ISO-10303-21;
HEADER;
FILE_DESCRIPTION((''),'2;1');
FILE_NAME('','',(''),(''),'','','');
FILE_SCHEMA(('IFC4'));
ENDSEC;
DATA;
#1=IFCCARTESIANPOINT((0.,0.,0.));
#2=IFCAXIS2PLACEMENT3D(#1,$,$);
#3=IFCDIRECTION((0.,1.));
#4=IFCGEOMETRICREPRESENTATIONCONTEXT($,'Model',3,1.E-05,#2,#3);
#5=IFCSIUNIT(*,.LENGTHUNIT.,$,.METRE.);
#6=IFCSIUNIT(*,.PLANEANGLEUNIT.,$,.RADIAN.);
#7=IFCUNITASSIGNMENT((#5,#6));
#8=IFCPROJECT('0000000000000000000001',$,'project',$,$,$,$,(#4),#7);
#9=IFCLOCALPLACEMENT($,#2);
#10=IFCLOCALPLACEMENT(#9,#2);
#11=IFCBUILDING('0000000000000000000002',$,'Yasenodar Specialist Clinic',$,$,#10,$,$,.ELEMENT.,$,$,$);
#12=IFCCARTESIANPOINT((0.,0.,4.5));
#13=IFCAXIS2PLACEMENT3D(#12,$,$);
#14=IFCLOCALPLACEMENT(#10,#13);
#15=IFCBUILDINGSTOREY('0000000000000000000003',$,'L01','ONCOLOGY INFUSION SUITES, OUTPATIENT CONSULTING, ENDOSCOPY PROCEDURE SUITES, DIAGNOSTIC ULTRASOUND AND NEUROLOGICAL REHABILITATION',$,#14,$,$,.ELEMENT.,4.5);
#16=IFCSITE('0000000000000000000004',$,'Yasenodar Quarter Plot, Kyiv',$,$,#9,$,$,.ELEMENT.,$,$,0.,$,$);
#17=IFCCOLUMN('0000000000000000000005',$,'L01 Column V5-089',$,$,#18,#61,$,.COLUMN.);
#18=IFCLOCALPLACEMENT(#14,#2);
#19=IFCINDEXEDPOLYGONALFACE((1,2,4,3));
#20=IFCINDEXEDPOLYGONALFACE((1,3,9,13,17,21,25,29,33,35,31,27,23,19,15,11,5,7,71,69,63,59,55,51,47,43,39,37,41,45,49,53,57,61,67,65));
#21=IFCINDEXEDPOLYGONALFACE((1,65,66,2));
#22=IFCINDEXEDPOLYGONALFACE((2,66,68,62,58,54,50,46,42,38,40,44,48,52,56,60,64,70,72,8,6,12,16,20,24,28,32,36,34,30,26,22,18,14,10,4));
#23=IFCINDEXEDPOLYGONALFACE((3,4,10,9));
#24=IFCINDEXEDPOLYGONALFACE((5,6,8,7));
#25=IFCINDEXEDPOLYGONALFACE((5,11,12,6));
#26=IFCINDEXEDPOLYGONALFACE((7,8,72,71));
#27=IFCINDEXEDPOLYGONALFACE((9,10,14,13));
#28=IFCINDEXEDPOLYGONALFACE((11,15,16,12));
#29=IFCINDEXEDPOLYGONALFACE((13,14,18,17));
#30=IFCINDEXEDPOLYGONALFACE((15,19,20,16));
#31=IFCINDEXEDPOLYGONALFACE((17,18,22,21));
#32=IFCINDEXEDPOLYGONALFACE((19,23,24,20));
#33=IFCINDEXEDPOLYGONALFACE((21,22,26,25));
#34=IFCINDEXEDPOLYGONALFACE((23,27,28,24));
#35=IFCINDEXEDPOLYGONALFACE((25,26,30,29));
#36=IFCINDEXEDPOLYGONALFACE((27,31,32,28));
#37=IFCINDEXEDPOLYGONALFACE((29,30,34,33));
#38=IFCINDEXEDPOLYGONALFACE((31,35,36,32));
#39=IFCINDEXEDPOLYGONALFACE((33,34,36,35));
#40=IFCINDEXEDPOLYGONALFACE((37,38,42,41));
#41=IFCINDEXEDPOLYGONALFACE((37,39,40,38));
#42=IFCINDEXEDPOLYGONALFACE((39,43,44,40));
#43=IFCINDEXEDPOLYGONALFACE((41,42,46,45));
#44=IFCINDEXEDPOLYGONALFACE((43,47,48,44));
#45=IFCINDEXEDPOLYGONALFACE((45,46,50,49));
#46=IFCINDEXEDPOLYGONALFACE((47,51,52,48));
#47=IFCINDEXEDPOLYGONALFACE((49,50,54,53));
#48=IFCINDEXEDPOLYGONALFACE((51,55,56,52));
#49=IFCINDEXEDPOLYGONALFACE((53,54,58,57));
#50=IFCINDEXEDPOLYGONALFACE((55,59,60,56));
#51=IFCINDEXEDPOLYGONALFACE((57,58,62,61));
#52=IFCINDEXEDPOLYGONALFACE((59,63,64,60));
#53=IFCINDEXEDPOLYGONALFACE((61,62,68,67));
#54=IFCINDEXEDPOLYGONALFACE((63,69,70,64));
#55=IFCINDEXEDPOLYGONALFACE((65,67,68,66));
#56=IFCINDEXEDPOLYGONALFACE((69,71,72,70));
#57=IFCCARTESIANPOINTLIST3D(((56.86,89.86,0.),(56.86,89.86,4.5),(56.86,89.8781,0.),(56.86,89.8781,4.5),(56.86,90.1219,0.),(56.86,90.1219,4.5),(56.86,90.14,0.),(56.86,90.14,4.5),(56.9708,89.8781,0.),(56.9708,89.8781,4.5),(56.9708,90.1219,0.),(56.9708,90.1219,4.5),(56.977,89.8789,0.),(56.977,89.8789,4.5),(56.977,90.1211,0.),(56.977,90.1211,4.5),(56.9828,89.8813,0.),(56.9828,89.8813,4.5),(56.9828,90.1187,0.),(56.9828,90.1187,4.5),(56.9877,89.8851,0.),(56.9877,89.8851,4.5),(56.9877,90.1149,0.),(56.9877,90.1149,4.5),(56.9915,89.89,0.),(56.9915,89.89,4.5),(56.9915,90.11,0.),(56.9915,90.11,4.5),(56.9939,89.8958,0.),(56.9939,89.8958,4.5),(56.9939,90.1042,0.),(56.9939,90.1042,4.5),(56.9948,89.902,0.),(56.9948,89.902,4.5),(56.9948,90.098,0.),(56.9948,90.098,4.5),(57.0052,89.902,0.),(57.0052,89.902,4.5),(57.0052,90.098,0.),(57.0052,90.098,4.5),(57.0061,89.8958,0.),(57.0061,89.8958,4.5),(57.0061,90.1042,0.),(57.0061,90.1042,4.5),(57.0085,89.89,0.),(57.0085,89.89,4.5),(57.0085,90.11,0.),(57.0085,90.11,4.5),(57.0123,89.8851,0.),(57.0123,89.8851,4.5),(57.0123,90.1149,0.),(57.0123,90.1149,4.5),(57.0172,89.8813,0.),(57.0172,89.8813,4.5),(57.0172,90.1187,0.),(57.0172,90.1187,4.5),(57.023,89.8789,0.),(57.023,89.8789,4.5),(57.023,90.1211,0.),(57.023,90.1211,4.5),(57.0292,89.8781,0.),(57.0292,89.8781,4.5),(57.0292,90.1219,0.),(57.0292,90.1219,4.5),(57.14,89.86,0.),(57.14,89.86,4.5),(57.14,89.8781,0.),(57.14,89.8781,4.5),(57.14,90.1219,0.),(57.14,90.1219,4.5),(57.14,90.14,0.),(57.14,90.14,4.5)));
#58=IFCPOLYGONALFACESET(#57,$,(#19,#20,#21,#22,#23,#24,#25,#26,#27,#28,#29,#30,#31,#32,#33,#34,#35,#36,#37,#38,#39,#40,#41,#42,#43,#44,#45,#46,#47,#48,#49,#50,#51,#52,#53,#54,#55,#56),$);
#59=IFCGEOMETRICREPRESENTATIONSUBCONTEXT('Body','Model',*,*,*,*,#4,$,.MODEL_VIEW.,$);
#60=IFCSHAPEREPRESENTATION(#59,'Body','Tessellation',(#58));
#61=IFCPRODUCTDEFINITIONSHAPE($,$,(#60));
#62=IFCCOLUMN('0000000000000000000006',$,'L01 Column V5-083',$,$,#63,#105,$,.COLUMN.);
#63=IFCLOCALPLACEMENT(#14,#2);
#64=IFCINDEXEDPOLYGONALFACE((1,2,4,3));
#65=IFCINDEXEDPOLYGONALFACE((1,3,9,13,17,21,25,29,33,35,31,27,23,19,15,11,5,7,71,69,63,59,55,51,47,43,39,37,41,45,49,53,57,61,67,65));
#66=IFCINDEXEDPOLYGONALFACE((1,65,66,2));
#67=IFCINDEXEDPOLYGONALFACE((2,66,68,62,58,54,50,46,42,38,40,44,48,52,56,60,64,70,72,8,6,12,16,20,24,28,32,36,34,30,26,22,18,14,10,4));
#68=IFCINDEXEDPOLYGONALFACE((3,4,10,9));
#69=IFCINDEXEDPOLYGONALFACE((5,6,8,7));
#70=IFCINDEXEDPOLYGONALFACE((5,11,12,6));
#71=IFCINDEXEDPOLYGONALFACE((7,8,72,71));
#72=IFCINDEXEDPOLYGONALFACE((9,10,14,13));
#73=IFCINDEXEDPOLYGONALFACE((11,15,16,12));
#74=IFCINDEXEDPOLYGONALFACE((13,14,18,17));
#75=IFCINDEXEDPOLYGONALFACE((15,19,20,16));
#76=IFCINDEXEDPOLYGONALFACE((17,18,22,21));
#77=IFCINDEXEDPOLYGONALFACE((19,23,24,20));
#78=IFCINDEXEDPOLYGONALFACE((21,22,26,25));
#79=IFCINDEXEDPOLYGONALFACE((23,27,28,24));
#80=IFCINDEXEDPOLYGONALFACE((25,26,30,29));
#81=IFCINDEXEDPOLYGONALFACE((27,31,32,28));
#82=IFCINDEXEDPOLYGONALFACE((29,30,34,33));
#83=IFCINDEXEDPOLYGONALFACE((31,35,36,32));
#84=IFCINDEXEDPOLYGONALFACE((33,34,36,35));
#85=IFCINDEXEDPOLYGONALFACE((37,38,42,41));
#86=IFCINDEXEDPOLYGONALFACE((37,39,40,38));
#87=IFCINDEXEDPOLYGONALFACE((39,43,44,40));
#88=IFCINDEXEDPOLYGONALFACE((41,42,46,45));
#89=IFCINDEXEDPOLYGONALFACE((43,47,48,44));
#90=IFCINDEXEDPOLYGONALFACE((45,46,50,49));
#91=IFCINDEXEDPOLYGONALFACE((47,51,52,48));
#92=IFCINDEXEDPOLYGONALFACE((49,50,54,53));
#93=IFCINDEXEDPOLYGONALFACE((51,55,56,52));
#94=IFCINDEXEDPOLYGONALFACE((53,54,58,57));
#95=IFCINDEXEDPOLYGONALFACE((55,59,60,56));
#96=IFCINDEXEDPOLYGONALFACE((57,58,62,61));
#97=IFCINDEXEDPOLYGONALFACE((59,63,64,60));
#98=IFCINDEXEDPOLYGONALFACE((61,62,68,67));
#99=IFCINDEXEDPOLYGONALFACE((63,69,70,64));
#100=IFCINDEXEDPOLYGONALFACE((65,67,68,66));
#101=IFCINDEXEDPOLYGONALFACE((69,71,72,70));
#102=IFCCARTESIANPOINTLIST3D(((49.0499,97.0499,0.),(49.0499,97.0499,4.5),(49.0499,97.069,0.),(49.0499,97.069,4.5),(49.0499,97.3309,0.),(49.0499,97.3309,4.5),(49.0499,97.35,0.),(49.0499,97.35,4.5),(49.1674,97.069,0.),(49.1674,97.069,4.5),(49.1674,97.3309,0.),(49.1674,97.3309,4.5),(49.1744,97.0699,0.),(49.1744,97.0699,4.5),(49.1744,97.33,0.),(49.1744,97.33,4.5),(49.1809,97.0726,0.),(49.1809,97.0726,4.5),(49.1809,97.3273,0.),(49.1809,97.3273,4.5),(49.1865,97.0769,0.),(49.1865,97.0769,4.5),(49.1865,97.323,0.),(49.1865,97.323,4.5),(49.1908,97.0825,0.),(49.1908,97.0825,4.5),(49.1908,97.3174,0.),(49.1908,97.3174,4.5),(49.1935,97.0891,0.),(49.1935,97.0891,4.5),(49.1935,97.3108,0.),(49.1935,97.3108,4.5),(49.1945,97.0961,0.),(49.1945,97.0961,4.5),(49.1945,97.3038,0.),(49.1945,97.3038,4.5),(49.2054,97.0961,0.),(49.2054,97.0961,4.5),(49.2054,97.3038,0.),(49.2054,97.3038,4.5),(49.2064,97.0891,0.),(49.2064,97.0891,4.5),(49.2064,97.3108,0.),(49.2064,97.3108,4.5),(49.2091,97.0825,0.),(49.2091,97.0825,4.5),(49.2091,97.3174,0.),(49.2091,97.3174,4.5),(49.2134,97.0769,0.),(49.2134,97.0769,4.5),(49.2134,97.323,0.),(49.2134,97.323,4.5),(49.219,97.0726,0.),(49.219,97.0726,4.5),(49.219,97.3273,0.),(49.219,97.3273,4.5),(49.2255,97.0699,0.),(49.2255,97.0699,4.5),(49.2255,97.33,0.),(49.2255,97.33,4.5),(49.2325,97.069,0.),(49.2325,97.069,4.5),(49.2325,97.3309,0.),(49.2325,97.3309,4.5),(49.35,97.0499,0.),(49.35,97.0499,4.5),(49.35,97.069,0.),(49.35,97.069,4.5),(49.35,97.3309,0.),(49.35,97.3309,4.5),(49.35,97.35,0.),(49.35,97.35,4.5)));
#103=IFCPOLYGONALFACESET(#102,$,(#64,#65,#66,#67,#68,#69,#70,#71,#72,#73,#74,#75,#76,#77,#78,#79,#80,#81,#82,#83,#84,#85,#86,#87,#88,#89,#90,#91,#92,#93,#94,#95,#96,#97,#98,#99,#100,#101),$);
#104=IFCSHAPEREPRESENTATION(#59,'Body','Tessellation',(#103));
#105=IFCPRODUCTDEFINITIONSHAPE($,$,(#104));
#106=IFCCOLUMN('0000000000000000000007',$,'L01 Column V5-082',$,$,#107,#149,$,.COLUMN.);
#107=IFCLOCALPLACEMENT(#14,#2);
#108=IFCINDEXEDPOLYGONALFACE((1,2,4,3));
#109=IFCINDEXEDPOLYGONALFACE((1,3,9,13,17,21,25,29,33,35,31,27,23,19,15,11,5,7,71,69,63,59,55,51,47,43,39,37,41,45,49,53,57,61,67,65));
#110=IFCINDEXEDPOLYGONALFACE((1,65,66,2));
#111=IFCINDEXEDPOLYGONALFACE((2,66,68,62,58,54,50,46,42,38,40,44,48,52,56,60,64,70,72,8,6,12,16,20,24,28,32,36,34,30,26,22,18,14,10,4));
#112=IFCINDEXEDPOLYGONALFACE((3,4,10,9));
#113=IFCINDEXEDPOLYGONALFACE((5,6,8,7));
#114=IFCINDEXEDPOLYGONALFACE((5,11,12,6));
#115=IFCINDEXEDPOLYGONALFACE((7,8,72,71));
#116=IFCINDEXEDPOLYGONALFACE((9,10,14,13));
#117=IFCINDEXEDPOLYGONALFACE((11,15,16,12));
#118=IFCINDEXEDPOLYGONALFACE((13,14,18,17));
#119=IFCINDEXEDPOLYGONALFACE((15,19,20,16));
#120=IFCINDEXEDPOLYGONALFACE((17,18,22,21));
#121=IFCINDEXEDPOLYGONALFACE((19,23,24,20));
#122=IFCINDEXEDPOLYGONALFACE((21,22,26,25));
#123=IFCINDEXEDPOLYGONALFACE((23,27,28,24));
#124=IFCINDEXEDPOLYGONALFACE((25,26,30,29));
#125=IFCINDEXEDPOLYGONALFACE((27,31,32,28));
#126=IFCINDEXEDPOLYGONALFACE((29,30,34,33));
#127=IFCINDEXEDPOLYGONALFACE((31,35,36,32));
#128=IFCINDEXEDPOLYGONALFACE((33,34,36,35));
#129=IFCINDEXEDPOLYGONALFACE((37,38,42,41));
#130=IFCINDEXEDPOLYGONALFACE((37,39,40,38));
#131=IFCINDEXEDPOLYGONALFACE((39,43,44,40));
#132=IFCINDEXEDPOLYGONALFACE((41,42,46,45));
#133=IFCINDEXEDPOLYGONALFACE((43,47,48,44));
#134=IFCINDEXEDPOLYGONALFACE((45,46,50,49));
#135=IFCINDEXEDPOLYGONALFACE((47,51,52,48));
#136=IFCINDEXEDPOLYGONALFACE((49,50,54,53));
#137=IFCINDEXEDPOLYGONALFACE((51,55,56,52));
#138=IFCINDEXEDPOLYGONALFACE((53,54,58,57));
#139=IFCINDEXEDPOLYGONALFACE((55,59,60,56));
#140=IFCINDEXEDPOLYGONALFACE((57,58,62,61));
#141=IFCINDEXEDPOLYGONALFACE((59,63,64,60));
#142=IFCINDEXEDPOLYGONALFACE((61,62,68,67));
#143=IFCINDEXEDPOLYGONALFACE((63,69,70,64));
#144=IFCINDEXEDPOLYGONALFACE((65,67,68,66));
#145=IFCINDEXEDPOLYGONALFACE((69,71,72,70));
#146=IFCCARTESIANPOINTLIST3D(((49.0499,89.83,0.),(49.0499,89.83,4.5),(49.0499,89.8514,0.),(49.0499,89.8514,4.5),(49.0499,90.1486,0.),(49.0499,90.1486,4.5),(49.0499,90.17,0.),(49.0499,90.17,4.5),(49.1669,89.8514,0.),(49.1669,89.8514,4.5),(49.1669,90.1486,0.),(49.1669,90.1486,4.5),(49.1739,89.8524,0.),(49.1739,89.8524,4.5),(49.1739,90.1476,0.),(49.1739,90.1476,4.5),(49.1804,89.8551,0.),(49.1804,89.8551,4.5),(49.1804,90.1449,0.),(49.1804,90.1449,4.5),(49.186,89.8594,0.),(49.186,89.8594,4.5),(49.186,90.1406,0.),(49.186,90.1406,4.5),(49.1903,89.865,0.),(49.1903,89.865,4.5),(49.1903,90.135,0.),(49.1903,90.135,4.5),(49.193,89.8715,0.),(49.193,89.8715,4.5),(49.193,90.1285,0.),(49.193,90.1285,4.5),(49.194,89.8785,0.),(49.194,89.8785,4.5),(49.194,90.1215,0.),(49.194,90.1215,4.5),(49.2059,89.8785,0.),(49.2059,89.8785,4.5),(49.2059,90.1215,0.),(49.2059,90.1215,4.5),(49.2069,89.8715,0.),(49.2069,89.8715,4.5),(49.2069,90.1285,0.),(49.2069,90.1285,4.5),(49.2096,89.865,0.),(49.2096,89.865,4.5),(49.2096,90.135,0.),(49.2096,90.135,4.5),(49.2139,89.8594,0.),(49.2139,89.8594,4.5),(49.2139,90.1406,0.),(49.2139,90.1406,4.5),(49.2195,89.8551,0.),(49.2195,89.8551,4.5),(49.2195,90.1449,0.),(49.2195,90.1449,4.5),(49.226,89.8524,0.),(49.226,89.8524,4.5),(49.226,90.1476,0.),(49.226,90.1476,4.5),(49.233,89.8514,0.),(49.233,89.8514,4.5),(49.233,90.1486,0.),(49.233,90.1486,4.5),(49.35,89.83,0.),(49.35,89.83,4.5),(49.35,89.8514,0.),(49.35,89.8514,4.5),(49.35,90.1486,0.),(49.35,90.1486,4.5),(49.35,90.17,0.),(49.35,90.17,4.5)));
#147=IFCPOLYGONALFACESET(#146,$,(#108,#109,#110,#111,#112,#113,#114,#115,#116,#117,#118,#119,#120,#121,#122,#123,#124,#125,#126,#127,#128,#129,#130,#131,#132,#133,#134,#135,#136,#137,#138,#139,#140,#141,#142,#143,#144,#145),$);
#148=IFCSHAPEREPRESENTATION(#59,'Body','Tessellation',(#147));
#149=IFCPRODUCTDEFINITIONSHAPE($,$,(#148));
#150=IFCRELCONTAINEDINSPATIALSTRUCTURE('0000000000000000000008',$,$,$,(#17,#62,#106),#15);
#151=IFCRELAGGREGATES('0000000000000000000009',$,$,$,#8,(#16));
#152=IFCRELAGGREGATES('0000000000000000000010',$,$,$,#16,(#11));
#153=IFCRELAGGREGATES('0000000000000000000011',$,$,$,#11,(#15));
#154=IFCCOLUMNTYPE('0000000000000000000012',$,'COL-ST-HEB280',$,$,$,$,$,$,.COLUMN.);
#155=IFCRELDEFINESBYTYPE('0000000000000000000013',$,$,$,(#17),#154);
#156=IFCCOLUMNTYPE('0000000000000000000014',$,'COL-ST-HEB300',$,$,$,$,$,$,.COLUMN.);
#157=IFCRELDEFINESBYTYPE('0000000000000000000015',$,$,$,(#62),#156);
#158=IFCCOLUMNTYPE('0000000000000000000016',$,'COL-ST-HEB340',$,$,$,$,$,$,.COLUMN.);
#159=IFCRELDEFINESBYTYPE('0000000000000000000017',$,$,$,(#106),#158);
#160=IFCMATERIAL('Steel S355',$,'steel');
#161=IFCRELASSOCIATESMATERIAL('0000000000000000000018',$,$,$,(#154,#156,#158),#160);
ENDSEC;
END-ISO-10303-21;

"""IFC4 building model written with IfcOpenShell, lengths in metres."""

from ifc_helpers import new_model, si_unit, direction, frame, origin, origin_2d, place, context, subcontext, project, spatial, i_section, extrude, material, material_profile, profile_set, type_object, element, save


model = new_model("IFC4")

# Units and contexts
model_context = context("Model", 3, precision=1e-05, world=origin(), true_north=direction((0.0, 1.0)))
body_context = subcontext(model_context, "Body", "Model", "MODEL_VIEW")
ifc_project = project(units=[si_unit("LENGTHUNIT", "METRE"), si_unit("PLANEANGLEUNIT", "RADIAN")], contexts=[model_context])

# Site, building, storey
site_placement = place(None, origin())
site = spatial("IfcSite", under=ifc_project, at=site_placement, Name="Yasenodar Quarter Plot, Kyiv", CompositionType="ELEMENT", RefElevation=0.0)
building_placement = place(site_placement, origin())
building = spatial("IfcBuilding", under=site, at=building_placement, Name="Yasenodar Specialist Clinic", CompositionType="ELEMENT")
storey_placement = place(building_placement, frame((0.0, 0.0, 4.5)))
storey = spatial("IfcBuildingStorey", under=building, at=storey_placement, Name="L01", Description="ONCOLOGY INFUSION SUITES, OUTPATIENT CONSULTING, ENDOSCOPY PROCEDURE SUITES, DIAGNOSTIC ULTRASOUND AND NEUROLOGICAL REHABILITATION", CompositionType="ELEMENT", Elevation=4.5)

# Columns
ifc_material_1 = material(Name="Steel S355", Category="steel")
ifc_material_profile_1 = material_profile(ifc_material_1, i_section(OverallWidth=0.28, OverallDepth=0.28, WebThickness=0.0105, FlangeThickness=0.0181, FilletRadius=0.0239, at=origin_2d()), Name="HEB 280")
ifc_profile_set_1 = profile_set([ifc_material_profile_1], Name="Steel S355")
column_type_1 = type_object("IfcColumnType", Name="COL-ST-HEB280", PredefinedType="COLUMN", material=ifc_profile_set_1)
column_1_placement = place(storey_placement, frame((57.0, 90.0, 0.0), z_axis=(0.0, 0.0, 1.0), x_axis=(1.0, 0.0, 0.0)))
element("IfcColumn", 1, at=column_1_placement, inside=storey, type_object=column_type_1, Name="L01 Column V5-089", PredefinedType="COLUMN", context=body_context, shape_type="SweptSolid", body=[
    extrude(i_section(OverallWidth=0.28, OverallDepth=0.28, WebThickness=0.0105, FlangeThickness=0.0181, FilletRadius=0.0239, at=origin_2d()), origin(), (0.0, 0.0, 1.0), 4.5),
])
ifc_material_profile_2 = material_profile(ifc_material_1, i_section(OverallWidth=0.3, OverallDepth=0.3, WebThickness=0.011, FlangeThickness=0.019, FilletRadius=0.0271, at=origin_2d()), Name="HEB 300")
ifc_profile_set_2 = profile_set([ifc_material_profile_2], Name="Steel S355")
column_type_2 = type_object("IfcColumnType", Name="COL-ST-HEB300", PredefinedType="COLUMN", material=ifc_profile_set_2)
column_2_placement = place(storey_placement, frame((49.2, 97.2, 0.0), z_axis=(0.0, 0.0, 1.0), x_axis=(1.0, 0.0, 0.0)))
element("IfcColumn", 2, at=column_2_placement, inside=storey, type_object=column_type_2, Name="L01 Column V5-083", PredefinedType="COLUMN", context=body_context, shape_type="SweptSolid", body=[
    extrude(i_section(OverallWidth=0.3, OverallDepth=0.3, WebThickness=0.011, FlangeThickness=0.019, FilletRadius=0.0271, at=origin_2d()), origin(), (0.0, 0.0, 1.0), 4.5),
])
ifc_material_profile_3 = material_profile(ifc_material_1, i_section(OverallWidth=0.3, OverallDepth=0.3401, WebThickness=0.012, FlangeThickness=0.0215, FilletRadius=0.0271, at=origin_2d()), Name="HEB 340")
ifc_profile_set_3 = profile_set([ifc_material_profile_3], Name="Steel S355")
column_type_3 = type_object("IfcColumnType", Name="COL-ST-HEB340", PredefinedType="COLUMN", material=ifc_profile_set_3)
column_3_placement = place(storey_placement, frame((49.2, 90.0, 0.0), z_axis=(0.0, 0.0, 1.0), x_axis=(1.0, 0.0, 0.0)))
element("IfcColumn", 3, at=column_3_placement, inside=storey, type_object=column_type_3, Name="L01 Column V5-082", PredefinedType="COLUMN", context=body_context, shape_type="SweptSolid", body=[
    extrude(i_section(OverallWidth=0.3, OverallDepth=0.3401, WebThickness=0.012, FlangeThickness=0.0215, FilletRadius=0.0271, at=origin_2d()), origin(), (0.0, 0.0, 1.0), 4.5),
])

save(model, "model.ifc")
